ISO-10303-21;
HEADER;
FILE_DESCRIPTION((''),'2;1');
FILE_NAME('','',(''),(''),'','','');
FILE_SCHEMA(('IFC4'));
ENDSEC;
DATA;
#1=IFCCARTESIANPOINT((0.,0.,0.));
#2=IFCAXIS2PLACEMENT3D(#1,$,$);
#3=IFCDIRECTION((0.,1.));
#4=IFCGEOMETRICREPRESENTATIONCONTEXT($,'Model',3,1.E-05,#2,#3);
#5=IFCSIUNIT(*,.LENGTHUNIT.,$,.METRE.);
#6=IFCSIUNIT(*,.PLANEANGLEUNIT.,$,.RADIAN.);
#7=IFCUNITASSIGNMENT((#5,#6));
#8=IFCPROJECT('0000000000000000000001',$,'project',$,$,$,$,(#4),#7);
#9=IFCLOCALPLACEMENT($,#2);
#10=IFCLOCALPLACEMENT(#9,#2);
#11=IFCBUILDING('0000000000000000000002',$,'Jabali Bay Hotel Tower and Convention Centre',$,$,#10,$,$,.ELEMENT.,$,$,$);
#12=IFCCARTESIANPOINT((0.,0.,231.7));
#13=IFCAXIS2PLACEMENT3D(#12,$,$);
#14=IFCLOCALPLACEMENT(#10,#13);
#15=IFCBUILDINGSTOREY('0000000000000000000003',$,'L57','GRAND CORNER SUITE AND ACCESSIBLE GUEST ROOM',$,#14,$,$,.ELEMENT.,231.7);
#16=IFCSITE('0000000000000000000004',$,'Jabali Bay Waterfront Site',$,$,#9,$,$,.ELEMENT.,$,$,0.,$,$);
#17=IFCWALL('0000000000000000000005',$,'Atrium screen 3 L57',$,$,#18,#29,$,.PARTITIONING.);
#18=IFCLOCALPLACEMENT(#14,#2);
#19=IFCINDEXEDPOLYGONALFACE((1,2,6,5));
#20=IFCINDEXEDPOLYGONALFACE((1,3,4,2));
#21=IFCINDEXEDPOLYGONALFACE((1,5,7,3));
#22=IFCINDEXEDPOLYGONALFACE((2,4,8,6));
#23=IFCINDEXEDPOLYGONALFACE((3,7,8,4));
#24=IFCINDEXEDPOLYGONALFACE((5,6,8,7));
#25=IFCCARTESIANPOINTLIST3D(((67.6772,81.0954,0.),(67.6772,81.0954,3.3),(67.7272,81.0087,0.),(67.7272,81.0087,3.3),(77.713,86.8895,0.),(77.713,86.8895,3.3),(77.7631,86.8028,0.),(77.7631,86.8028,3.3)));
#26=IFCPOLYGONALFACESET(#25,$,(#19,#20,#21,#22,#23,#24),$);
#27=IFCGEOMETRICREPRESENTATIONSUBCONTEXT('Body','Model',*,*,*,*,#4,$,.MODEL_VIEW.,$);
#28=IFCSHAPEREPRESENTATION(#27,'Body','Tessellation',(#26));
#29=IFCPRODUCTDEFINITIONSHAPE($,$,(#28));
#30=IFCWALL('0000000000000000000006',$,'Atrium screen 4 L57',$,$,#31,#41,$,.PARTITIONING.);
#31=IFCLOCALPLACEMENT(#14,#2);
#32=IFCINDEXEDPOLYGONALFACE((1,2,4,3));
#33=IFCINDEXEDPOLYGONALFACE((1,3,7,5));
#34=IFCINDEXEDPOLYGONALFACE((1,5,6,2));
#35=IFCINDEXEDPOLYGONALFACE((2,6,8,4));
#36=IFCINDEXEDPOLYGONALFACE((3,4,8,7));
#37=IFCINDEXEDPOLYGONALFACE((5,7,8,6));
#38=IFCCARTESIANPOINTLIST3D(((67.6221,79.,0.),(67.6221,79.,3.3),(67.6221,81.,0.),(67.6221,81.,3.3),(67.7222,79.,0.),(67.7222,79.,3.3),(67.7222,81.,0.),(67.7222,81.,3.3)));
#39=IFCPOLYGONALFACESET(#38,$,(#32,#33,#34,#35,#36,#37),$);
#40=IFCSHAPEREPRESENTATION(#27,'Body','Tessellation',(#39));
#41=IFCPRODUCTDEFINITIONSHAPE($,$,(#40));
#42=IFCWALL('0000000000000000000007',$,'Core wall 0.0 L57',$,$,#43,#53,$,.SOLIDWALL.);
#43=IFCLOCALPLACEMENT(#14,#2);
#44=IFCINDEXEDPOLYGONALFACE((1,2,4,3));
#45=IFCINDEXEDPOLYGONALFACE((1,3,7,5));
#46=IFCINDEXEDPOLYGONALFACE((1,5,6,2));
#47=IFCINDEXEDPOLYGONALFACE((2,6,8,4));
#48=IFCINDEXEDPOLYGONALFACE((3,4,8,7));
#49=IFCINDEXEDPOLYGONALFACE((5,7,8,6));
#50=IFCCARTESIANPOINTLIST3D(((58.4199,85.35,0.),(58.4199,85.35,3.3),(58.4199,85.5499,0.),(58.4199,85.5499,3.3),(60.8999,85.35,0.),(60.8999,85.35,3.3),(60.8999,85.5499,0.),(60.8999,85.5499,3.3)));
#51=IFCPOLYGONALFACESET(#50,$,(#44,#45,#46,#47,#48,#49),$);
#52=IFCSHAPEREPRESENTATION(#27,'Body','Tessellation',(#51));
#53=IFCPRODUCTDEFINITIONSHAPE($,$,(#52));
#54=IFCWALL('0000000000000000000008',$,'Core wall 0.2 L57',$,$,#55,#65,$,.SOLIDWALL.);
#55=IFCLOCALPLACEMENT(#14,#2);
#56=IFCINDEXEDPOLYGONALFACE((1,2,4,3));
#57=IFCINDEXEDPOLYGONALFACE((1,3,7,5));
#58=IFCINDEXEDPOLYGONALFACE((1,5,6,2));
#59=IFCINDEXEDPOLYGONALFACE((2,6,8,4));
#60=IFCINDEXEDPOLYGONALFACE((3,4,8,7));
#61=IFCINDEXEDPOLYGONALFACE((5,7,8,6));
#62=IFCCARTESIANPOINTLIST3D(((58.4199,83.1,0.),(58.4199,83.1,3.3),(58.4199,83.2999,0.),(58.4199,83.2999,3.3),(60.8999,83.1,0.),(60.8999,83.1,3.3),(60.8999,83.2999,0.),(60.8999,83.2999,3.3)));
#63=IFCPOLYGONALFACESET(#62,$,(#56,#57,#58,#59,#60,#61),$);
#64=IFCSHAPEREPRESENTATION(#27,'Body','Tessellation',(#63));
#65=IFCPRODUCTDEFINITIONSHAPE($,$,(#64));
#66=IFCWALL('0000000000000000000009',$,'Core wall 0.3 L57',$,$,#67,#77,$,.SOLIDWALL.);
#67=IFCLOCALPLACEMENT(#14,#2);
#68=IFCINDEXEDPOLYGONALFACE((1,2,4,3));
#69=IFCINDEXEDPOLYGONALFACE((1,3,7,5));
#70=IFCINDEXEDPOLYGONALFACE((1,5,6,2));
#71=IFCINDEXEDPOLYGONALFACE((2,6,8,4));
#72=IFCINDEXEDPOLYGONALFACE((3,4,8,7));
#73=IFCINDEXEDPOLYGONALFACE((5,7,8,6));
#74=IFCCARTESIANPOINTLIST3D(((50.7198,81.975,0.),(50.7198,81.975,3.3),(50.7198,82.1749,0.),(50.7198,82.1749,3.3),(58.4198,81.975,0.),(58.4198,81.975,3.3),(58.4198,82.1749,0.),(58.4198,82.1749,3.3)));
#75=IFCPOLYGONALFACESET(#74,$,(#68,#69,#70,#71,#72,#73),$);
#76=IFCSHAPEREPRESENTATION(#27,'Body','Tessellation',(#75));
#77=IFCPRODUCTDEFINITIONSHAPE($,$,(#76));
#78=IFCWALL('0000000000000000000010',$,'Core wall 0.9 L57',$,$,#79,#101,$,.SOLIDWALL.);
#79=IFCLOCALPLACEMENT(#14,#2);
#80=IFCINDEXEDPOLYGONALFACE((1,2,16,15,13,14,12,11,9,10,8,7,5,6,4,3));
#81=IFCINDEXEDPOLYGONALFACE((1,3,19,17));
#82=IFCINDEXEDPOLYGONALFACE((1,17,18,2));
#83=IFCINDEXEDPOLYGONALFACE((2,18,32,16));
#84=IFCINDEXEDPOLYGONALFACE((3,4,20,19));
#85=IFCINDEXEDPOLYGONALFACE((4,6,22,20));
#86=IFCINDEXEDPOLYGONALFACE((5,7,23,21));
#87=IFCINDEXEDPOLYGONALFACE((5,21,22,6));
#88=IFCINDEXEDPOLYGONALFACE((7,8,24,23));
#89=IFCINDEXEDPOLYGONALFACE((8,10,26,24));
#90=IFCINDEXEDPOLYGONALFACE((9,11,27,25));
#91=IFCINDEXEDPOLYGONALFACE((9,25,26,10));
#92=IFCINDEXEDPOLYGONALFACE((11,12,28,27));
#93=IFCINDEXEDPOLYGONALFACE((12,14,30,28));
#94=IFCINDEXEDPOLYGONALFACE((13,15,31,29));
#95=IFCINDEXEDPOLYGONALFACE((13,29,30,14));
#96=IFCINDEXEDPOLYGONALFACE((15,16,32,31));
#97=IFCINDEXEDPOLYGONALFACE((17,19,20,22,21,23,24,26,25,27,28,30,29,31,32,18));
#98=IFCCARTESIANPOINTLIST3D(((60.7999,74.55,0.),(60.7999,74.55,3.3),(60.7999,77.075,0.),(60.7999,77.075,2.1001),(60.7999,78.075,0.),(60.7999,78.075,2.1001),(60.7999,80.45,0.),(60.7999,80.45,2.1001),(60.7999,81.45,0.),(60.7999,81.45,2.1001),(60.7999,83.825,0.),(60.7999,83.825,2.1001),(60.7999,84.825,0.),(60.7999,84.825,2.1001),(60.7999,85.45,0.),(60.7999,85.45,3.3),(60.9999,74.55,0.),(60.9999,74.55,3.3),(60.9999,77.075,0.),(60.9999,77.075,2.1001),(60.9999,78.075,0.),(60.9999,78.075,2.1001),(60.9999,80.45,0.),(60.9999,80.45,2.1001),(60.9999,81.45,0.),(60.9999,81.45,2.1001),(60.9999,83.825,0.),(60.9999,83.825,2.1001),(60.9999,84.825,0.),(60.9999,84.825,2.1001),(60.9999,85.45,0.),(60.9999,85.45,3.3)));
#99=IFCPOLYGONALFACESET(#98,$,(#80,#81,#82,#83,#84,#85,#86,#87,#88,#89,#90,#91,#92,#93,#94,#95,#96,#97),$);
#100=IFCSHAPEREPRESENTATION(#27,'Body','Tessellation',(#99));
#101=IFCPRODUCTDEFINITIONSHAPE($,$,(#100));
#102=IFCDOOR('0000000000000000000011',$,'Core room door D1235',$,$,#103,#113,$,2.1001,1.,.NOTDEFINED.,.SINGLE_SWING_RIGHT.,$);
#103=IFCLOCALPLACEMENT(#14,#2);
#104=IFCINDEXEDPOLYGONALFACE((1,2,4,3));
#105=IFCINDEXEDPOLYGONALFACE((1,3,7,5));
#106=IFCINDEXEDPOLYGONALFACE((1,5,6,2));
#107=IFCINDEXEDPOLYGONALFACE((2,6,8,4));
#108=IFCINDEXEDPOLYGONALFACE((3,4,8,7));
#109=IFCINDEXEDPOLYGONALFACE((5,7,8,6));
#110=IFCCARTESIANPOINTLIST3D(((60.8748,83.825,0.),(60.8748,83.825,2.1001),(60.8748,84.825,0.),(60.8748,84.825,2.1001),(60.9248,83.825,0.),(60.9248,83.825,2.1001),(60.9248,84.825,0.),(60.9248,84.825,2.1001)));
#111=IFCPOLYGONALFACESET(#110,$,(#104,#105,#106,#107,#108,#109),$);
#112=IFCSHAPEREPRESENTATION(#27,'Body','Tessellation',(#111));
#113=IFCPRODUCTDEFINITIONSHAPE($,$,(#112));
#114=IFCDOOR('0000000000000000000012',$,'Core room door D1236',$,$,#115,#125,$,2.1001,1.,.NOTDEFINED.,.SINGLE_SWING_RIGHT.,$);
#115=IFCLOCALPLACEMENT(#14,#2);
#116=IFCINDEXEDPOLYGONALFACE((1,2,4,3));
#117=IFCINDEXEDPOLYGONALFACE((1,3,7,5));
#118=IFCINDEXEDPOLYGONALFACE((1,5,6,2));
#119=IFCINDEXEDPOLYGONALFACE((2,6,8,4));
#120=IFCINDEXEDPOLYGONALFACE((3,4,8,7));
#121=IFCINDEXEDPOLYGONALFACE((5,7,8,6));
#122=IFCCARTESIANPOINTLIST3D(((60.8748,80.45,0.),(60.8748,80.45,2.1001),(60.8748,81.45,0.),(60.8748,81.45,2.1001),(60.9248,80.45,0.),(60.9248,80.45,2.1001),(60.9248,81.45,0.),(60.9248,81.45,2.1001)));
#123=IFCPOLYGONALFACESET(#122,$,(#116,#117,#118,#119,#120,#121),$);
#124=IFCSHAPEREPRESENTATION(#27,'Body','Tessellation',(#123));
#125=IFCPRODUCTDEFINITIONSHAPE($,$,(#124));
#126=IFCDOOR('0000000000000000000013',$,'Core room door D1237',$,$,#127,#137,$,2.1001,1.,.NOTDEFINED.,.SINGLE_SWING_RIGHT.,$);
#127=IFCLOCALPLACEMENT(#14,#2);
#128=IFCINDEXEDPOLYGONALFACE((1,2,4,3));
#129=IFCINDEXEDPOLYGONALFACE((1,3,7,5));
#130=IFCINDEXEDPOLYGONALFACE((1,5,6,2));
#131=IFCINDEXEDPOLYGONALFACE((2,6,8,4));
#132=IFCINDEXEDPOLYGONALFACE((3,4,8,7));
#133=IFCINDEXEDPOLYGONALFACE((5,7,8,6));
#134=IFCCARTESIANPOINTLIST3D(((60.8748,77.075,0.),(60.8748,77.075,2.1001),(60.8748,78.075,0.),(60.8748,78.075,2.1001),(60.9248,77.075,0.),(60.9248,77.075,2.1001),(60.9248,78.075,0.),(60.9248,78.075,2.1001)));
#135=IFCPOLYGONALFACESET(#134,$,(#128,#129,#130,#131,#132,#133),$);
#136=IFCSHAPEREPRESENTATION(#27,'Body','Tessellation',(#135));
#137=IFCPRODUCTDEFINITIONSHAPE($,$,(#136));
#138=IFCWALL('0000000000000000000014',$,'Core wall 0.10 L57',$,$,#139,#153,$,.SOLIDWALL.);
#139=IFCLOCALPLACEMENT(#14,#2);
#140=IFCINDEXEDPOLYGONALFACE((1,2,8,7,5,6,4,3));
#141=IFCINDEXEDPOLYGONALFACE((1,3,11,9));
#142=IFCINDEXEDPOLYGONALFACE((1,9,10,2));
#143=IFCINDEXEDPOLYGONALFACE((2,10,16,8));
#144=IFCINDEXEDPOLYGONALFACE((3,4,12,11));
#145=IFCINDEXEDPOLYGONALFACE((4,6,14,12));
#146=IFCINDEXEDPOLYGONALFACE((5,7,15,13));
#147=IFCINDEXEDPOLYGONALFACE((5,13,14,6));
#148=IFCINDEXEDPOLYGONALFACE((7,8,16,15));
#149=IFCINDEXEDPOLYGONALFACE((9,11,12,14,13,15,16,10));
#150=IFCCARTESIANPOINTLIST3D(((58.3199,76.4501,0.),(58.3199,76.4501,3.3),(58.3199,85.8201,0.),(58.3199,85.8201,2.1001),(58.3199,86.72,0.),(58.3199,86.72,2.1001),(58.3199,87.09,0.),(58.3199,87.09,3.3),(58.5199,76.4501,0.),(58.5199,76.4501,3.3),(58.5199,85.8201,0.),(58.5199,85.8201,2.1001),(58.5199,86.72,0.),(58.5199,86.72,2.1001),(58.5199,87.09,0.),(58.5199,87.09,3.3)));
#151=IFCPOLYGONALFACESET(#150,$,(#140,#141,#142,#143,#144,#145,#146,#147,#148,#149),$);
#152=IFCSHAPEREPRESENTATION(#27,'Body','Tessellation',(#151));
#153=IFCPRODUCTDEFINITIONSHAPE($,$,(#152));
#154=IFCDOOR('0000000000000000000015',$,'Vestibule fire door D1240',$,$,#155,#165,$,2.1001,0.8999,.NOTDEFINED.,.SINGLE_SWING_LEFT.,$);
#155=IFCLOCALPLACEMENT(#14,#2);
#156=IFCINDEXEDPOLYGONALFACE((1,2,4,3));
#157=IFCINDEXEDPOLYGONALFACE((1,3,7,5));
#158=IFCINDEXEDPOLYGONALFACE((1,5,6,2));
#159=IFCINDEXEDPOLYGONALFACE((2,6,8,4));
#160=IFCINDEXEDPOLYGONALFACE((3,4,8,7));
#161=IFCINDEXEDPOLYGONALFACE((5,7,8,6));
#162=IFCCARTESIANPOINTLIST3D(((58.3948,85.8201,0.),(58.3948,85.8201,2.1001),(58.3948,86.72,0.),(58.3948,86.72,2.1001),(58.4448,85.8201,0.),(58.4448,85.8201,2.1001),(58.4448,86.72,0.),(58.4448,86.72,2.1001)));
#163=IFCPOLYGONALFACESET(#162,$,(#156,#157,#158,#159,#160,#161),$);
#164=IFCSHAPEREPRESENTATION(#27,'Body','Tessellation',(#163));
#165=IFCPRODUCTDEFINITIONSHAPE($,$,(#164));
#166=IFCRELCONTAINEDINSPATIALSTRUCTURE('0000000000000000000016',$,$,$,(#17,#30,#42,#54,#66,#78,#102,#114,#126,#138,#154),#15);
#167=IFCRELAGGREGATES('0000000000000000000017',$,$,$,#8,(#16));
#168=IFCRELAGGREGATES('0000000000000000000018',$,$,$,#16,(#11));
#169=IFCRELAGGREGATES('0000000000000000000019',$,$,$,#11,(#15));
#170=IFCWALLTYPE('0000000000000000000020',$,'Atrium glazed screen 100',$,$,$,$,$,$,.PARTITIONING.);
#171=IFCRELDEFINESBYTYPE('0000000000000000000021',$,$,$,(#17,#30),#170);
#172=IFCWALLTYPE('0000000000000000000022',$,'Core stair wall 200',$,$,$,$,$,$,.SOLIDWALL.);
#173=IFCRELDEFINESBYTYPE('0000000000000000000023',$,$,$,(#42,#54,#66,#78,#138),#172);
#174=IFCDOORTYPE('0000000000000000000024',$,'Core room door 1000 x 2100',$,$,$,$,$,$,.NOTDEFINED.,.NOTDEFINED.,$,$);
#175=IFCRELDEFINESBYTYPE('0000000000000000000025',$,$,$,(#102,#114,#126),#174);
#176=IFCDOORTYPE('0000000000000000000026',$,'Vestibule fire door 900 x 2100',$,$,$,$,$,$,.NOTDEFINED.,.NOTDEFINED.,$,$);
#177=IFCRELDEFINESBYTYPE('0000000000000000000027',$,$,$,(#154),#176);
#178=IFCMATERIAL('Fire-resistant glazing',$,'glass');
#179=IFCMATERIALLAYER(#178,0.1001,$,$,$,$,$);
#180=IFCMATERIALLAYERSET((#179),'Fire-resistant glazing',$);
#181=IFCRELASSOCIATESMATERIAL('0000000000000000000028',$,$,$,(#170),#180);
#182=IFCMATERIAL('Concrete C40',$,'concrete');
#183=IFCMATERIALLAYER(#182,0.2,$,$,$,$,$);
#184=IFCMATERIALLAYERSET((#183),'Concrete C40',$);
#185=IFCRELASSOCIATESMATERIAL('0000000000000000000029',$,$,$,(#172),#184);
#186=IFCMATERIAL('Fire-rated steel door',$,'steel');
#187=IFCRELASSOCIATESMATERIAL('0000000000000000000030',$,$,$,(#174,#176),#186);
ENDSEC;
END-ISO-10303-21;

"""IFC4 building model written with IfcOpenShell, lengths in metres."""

from ifc_helpers import new_model, si_unit, direction, frame, frame_2d, origin, place, context, subcontext, project, spatial, rectangle, extrude, material, layer, layer_set, type_object, element, fill, save


model = new_model("IFC4")

# Units and contexts
model_context = context("Model", 3, precision=1e-05, world=origin(), true_north=direction((0.0, 1.0)))
body_context = subcontext(model_context, "Body", "Model", "MODEL_VIEW")
ifc_project = project(units=[si_unit("LENGTHUNIT", "METRE"), si_unit("PLANEANGLEUNIT", "RADIAN")], contexts=[model_context])

# Site, building, storey
site_placement = place(None, origin())
site = spatial("IfcSite", under=ifc_project, at=site_placement, Name="Jabali Bay Waterfront Site", CompositionType="ELEMENT", RefElevation=0.0)
building_placement = place(site_placement, origin())
building = spatial("IfcBuilding", under=site, at=building_placement, Name="Jabali Bay Hotel Tower and Convention Centre", CompositionType="ELEMENT")
storey_placement = place(building_placement, frame((0.0, 0.0, 231.7)))
storey = spatial("IfcBuildingStorey", under=building, at=storey_placement, Name="L57", Description="GRAND CORNER SUITE AND ACCESSIBLE GUEST ROOM", CompositionType="ELEMENT", Elevation=231.7)

# Walls
ifc_material_1 = material(Name="Fire-resistant glazing", Category="glass")
ifc_layer_1 = layer(ifc_material_1, 0.1001)
ifc_layer_set_1 = layer_set([ifc_layer_1], Name="Fire-resistant glazing")
wall_type_1 = type_object("IfcWallType", Name="Atrium glazed screen 100", PredefinedType="PARTITIONING", material=ifc_layer_set_1)
wall_1_placement = place(storey_placement, frame((77.738, 86.8462, 0.0), z_axis=(0.0, 0.0, 1.0), x_axis=(-0.866027, -0.499998, 0.0)))
element("IfcWall", 1, at=wall_1_placement, inside=storey, type_object=wall_type_1, Name="Atrium screen 3 L57", PredefinedType="PARTITIONING", context=body_context, shape_type="SweptSolid", body=[
    extrude(rectangle(XDim=11.5884, YDim=0.1001, at=frame_2d((5.7942, 0.0))), origin(), (0.0, 0.0, 1.0), 3.3),
])
wall_2_placement = place(storey_placement, frame((67.6721, 81.0, 0.0), z_axis=(0.0, 0.0, 1.0), x_axis=(0.0, -1.0, 0.0)))
element("IfcWall", 2, at=wall_2_placement, inside=storey, type_object=wall_type_1, Name="Atrium screen 4 L57", PredefinedType="PARTITIONING", context=body_context, shape_type="SweptSolid", body=[
    extrude(rectangle(XDim=2.0, YDim=0.1001, at=frame_2d((1.0, 0.0))), origin(), (0.0, 0.0, 1.0), 3.3),
])
ifc_material_2 = material(Name="Concrete C40", Category="concrete")
ifc_layer_2 = layer(ifc_material_2, 0.2)
ifc_layer_set_2 = layer_set([ifc_layer_2], Name="Concrete C40")
wall_type_2 = type_object("IfcWallType", Name="Core stair wall 200", PredefinedType="SOLIDWALL", material=ifc_layer_set_2)
for number, where, z_axis, x_axis, name in (
    (3, (60.8999, 85.45, 0.0), (0.0, 0.0, 1.0), (-1.0, 0.0, 0.0), "Core wall 0.0 L57"),
    (4, (60.8999, 83.2, 0.0), (0.0, 0.0, 1.0), (-1.0, 0.0, 0.0), "Core wall 0.2 L57"),
):
    element("IfcWall", number, at=place(storey_placement, frame(where, z_axis=z_axis, x_axis=x_axis)), inside=storey, type_object=wall_type_2, Name=name, PredefinedType="SOLIDWALL", context=body_context, shape_type="SweptSolid", body=[
        extrude(rectangle(XDim=2.48, YDim=0.2, at=frame_2d((1.24, 0.0))), origin(), (0.0, 0.0, 1.0), 3.3),
    ])
wall_3_placement = place(storey_placement, frame((58.4199, 82.075, 0.0), z_axis=(0.0, 0.0, 1.0), x_axis=(-1.0, 0.0, 0.0)))
element("IfcWall", 5, at=wall_3_placement, inside=storey, type_object=wall_type_2, Name="Core wall 0.3 L57", PredefinedType="SOLIDWALL", context=body_context, shape_type="SweptSolid", body=[
    extrude(rectangle(XDim=7.7, YDim=0.2, at=frame_2d((3.8501, 0.0))), origin(), (0.0, 0.0, 1.0), 3.3),
])

# Wall, openings, doors
wall_4_placement = place(storey_placement, frame((60.8999, 85.45, 0.0), z_axis=(0.0, 0.0, 1.0), x_axis=(0.0, -1.0, 0.0)))
wall_4 = element("IfcWall", 6, at=wall_4_placement, inside=storey, type_object=wall_type_2, Name="Core wall 0.9 L57", PredefinedType="SOLIDWALL", context=body_context, shape_type="SweptSolid", body=[
    extrude(rectangle(XDim=10.8999, YDim=0.2, at=frame_2d((5.45, 0.0))), origin(), (0.0, 0.0, 1.0), 3.3),
])
opening_1_placement = place(wall_4_placement, frame((0.625, 0.0, 0.0)))
opening_1 = element("IfcOpeningElement", 7, at=opening_1_placement, cuts=wall_4, PredefinedType="OPENING", context=body_context, shape_type="SweptSolid", body=[
    extrude(rectangle(XDim=1.0, YDim=2.1001, at=frame_2d((0.5, 1.05))), frame((0.0, 0.1104, 0.0), z_axis=(0.0, -1.0, 0.0), x_axis=(1.0, 0.0, 0.0)), (0.0, 0.0, 1.0), 0.2209),
])
opening_2_placement = place(wall_4_placement, frame((4.0, 0.0, 0.0)))
opening_2 = element("IfcOpeningElement", 8, at=opening_2_placement, cuts=wall_4, PredefinedType="OPENING", context=body_context, shape_type="SweptSolid", body=[
    extrude(rectangle(XDim=1.0, YDim=2.1001, at=frame_2d((0.5, 1.05))), frame((0.0, 0.1104, 0.0), z_axis=(0.0, -1.0, 0.0), x_axis=(1.0, 0.0, 0.0)), (0.0, 0.0, 1.0), 0.2209),
])
opening_3_placement = place(wall_4_placement, frame((7.375, 0.0, 0.0)))
opening_3 = element("IfcOpeningElement", 9, at=opening_3_placement, cuts=wall_4, PredefinedType="OPENING", context=body_context, shape_type="SweptSolid", body=[
    extrude(rectangle(XDim=1.0, YDim=2.1001, at=frame_2d((0.5, 1.05))), frame((0.0, 0.1104, 0.0), z_axis=(0.0, -1.0, 0.0), x_axis=(1.0, 0.0, 0.0)), (0.0, 0.0, 1.0), 0.2209),
])
ifc_material_3 = material(Name="Fire-rated steel door", Category="steel")
door_type_1 = type_object("IfcDoorType", Name="Core room door 1000 x 2100", OperationType="NOTDEFINED", PredefinedType="NOTDEFINED", material=ifc_material_3)
door_1_placement = place(opening_1_placement, origin())
door_1 = element("IfcDoor", 10, at=door_1_placement, inside=storey, type_object=door_type_1, Name="Core room door D1235", OperationType="SINGLE_SWING_RIGHT", OverallHeight=2.1001, OverallWidth=1.0, PredefinedType="NOTDEFINED", context=body_context, shape_type="SweptSolid", body=[
    extrude(rectangle(XDim=1.0, YDim=2.1001, at=frame_2d((0.5, 1.05))), frame((0.0, 0.0249, 0.0), z_axis=(0.0, -1.0, 0.0), x_axis=(1.0, 0.0, 0.0)), (0.0, 0.0, 1.0), 0.05),
])
fill(opening_1, door_1)
door_2_placement = place(opening_2_placement, origin())
door_2 = element("IfcDoor", 11, at=door_2_placement, inside=storey, type_object=door_type_1, Name="Core room door D1236", OperationType="SINGLE_SWING_RIGHT", OverallHeight=2.1001, OverallWidth=1.0, PredefinedType="NOTDEFINED", context=body_context, shape_type="SweptSolid", body=[
    extrude(rectangle(XDim=1.0, YDim=2.1001, at=frame_2d((0.5, 1.05))), frame((0.0, 0.0249, 0.0), z_axis=(0.0, -1.0, 0.0), x_axis=(1.0, 0.0, 0.0)), (0.0, 0.0, 1.0), 0.05),
])
fill(opening_2, door_2)
door_3_placement = place(opening_3_placement, origin())
door_3 = element("IfcDoor", 12, at=door_3_placement, inside=storey, type_object=door_type_1, Name="Core room door D1237", OperationType="SINGLE_SWING_RIGHT", OverallHeight=2.1001, OverallWidth=1.0, PredefinedType="NOTDEFINED", context=body_context, shape_type="SweptSolid", body=[
    extrude(rectangle(XDim=1.0, YDim=2.1001, at=frame_2d((0.5, 1.05))), frame((0.0, 0.0249, 0.0), z_axis=(0.0, -1.0, 0.0), x_axis=(1.0, 0.0, 0.0)), (0.0, 0.0, 1.0), 0.05),
])
fill(opening_3, door_3)

# Wall, opening, door
wall_5_placement = place(storey_placement, frame((58.4199, 87.0898, 0.0), z_axis=(0.0, 0.0, 1.0), x_axis=(0.0, -1.0, 0.0)))
wall_5 = element("IfcWall", 13, at=wall_5_placement, inside=storey, type_object=wall_type_2, Name="Core wall 0.10 L57", PredefinedType="SOLIDWALL", context=body_context, shape_type="SweptSolid", body=[
    extrude(rectangle(XDim=10.6399, YDim=0.2, at=frame_2d((5.3198, 0.0))), origin(), (0.0, 0.0, 1.0), 3.3),
])
opening_4_placement = place(wall_5_placement, frame((0.3699, 0.0, 0.0)))
opening_4 = element("IfcOpeningElement", 14, at=opening_4_placement, cuts=wall_5, PredefinedType="OPENING", context=body_context, shape_type="SweptSolid", body=[
    extrude(rectangle(XDim=0.8999, YDim=2.1001, at=frame_2d((0.45, 1.05))), frame((0.0, 0.1104, 0.0), z_axis=(0.0, -1.0, 0.0), x_axis=(1.0, 0.0, 0.0)), (0.0, 0.0, 1.0), 0.2209),
])
door_type_2 = type_object("IfcDoorType", Name="Vestibule fire door 900 x 2100", OperationType="NOTDEFINED", PredefinedType="NOTDEFINED", material=ifc_material_3)
door_4_placement = place(opening_4_placement, origin())
door_4 = element("IfcDoor", 15, at=door_4_placement, inside=storey, type_object=door_type_2, Name="Vestibule fire door D1240", OperationType="SINGLE_SWING_LEFT", OverallHeight=2.1001, OverallWidth=0.8999, PredefinedType="NOTDEFINED", context=body_context, shape_type="SweptSolid", body=[
    extrude(rectangle(XDim=0.8999, YDim=2.1001, at=frame_2d((0.45, 1.05))), frame((0.0, 0.0249, 0.0), z_axis=(0.0, -1.0, 0.0), x_axis=(1.0, 0.0, 0.0)), (0.0, 0.0, 1.0), 0.05),
])
fill(opening_4, door_4)

save(model, "model.ifc")
